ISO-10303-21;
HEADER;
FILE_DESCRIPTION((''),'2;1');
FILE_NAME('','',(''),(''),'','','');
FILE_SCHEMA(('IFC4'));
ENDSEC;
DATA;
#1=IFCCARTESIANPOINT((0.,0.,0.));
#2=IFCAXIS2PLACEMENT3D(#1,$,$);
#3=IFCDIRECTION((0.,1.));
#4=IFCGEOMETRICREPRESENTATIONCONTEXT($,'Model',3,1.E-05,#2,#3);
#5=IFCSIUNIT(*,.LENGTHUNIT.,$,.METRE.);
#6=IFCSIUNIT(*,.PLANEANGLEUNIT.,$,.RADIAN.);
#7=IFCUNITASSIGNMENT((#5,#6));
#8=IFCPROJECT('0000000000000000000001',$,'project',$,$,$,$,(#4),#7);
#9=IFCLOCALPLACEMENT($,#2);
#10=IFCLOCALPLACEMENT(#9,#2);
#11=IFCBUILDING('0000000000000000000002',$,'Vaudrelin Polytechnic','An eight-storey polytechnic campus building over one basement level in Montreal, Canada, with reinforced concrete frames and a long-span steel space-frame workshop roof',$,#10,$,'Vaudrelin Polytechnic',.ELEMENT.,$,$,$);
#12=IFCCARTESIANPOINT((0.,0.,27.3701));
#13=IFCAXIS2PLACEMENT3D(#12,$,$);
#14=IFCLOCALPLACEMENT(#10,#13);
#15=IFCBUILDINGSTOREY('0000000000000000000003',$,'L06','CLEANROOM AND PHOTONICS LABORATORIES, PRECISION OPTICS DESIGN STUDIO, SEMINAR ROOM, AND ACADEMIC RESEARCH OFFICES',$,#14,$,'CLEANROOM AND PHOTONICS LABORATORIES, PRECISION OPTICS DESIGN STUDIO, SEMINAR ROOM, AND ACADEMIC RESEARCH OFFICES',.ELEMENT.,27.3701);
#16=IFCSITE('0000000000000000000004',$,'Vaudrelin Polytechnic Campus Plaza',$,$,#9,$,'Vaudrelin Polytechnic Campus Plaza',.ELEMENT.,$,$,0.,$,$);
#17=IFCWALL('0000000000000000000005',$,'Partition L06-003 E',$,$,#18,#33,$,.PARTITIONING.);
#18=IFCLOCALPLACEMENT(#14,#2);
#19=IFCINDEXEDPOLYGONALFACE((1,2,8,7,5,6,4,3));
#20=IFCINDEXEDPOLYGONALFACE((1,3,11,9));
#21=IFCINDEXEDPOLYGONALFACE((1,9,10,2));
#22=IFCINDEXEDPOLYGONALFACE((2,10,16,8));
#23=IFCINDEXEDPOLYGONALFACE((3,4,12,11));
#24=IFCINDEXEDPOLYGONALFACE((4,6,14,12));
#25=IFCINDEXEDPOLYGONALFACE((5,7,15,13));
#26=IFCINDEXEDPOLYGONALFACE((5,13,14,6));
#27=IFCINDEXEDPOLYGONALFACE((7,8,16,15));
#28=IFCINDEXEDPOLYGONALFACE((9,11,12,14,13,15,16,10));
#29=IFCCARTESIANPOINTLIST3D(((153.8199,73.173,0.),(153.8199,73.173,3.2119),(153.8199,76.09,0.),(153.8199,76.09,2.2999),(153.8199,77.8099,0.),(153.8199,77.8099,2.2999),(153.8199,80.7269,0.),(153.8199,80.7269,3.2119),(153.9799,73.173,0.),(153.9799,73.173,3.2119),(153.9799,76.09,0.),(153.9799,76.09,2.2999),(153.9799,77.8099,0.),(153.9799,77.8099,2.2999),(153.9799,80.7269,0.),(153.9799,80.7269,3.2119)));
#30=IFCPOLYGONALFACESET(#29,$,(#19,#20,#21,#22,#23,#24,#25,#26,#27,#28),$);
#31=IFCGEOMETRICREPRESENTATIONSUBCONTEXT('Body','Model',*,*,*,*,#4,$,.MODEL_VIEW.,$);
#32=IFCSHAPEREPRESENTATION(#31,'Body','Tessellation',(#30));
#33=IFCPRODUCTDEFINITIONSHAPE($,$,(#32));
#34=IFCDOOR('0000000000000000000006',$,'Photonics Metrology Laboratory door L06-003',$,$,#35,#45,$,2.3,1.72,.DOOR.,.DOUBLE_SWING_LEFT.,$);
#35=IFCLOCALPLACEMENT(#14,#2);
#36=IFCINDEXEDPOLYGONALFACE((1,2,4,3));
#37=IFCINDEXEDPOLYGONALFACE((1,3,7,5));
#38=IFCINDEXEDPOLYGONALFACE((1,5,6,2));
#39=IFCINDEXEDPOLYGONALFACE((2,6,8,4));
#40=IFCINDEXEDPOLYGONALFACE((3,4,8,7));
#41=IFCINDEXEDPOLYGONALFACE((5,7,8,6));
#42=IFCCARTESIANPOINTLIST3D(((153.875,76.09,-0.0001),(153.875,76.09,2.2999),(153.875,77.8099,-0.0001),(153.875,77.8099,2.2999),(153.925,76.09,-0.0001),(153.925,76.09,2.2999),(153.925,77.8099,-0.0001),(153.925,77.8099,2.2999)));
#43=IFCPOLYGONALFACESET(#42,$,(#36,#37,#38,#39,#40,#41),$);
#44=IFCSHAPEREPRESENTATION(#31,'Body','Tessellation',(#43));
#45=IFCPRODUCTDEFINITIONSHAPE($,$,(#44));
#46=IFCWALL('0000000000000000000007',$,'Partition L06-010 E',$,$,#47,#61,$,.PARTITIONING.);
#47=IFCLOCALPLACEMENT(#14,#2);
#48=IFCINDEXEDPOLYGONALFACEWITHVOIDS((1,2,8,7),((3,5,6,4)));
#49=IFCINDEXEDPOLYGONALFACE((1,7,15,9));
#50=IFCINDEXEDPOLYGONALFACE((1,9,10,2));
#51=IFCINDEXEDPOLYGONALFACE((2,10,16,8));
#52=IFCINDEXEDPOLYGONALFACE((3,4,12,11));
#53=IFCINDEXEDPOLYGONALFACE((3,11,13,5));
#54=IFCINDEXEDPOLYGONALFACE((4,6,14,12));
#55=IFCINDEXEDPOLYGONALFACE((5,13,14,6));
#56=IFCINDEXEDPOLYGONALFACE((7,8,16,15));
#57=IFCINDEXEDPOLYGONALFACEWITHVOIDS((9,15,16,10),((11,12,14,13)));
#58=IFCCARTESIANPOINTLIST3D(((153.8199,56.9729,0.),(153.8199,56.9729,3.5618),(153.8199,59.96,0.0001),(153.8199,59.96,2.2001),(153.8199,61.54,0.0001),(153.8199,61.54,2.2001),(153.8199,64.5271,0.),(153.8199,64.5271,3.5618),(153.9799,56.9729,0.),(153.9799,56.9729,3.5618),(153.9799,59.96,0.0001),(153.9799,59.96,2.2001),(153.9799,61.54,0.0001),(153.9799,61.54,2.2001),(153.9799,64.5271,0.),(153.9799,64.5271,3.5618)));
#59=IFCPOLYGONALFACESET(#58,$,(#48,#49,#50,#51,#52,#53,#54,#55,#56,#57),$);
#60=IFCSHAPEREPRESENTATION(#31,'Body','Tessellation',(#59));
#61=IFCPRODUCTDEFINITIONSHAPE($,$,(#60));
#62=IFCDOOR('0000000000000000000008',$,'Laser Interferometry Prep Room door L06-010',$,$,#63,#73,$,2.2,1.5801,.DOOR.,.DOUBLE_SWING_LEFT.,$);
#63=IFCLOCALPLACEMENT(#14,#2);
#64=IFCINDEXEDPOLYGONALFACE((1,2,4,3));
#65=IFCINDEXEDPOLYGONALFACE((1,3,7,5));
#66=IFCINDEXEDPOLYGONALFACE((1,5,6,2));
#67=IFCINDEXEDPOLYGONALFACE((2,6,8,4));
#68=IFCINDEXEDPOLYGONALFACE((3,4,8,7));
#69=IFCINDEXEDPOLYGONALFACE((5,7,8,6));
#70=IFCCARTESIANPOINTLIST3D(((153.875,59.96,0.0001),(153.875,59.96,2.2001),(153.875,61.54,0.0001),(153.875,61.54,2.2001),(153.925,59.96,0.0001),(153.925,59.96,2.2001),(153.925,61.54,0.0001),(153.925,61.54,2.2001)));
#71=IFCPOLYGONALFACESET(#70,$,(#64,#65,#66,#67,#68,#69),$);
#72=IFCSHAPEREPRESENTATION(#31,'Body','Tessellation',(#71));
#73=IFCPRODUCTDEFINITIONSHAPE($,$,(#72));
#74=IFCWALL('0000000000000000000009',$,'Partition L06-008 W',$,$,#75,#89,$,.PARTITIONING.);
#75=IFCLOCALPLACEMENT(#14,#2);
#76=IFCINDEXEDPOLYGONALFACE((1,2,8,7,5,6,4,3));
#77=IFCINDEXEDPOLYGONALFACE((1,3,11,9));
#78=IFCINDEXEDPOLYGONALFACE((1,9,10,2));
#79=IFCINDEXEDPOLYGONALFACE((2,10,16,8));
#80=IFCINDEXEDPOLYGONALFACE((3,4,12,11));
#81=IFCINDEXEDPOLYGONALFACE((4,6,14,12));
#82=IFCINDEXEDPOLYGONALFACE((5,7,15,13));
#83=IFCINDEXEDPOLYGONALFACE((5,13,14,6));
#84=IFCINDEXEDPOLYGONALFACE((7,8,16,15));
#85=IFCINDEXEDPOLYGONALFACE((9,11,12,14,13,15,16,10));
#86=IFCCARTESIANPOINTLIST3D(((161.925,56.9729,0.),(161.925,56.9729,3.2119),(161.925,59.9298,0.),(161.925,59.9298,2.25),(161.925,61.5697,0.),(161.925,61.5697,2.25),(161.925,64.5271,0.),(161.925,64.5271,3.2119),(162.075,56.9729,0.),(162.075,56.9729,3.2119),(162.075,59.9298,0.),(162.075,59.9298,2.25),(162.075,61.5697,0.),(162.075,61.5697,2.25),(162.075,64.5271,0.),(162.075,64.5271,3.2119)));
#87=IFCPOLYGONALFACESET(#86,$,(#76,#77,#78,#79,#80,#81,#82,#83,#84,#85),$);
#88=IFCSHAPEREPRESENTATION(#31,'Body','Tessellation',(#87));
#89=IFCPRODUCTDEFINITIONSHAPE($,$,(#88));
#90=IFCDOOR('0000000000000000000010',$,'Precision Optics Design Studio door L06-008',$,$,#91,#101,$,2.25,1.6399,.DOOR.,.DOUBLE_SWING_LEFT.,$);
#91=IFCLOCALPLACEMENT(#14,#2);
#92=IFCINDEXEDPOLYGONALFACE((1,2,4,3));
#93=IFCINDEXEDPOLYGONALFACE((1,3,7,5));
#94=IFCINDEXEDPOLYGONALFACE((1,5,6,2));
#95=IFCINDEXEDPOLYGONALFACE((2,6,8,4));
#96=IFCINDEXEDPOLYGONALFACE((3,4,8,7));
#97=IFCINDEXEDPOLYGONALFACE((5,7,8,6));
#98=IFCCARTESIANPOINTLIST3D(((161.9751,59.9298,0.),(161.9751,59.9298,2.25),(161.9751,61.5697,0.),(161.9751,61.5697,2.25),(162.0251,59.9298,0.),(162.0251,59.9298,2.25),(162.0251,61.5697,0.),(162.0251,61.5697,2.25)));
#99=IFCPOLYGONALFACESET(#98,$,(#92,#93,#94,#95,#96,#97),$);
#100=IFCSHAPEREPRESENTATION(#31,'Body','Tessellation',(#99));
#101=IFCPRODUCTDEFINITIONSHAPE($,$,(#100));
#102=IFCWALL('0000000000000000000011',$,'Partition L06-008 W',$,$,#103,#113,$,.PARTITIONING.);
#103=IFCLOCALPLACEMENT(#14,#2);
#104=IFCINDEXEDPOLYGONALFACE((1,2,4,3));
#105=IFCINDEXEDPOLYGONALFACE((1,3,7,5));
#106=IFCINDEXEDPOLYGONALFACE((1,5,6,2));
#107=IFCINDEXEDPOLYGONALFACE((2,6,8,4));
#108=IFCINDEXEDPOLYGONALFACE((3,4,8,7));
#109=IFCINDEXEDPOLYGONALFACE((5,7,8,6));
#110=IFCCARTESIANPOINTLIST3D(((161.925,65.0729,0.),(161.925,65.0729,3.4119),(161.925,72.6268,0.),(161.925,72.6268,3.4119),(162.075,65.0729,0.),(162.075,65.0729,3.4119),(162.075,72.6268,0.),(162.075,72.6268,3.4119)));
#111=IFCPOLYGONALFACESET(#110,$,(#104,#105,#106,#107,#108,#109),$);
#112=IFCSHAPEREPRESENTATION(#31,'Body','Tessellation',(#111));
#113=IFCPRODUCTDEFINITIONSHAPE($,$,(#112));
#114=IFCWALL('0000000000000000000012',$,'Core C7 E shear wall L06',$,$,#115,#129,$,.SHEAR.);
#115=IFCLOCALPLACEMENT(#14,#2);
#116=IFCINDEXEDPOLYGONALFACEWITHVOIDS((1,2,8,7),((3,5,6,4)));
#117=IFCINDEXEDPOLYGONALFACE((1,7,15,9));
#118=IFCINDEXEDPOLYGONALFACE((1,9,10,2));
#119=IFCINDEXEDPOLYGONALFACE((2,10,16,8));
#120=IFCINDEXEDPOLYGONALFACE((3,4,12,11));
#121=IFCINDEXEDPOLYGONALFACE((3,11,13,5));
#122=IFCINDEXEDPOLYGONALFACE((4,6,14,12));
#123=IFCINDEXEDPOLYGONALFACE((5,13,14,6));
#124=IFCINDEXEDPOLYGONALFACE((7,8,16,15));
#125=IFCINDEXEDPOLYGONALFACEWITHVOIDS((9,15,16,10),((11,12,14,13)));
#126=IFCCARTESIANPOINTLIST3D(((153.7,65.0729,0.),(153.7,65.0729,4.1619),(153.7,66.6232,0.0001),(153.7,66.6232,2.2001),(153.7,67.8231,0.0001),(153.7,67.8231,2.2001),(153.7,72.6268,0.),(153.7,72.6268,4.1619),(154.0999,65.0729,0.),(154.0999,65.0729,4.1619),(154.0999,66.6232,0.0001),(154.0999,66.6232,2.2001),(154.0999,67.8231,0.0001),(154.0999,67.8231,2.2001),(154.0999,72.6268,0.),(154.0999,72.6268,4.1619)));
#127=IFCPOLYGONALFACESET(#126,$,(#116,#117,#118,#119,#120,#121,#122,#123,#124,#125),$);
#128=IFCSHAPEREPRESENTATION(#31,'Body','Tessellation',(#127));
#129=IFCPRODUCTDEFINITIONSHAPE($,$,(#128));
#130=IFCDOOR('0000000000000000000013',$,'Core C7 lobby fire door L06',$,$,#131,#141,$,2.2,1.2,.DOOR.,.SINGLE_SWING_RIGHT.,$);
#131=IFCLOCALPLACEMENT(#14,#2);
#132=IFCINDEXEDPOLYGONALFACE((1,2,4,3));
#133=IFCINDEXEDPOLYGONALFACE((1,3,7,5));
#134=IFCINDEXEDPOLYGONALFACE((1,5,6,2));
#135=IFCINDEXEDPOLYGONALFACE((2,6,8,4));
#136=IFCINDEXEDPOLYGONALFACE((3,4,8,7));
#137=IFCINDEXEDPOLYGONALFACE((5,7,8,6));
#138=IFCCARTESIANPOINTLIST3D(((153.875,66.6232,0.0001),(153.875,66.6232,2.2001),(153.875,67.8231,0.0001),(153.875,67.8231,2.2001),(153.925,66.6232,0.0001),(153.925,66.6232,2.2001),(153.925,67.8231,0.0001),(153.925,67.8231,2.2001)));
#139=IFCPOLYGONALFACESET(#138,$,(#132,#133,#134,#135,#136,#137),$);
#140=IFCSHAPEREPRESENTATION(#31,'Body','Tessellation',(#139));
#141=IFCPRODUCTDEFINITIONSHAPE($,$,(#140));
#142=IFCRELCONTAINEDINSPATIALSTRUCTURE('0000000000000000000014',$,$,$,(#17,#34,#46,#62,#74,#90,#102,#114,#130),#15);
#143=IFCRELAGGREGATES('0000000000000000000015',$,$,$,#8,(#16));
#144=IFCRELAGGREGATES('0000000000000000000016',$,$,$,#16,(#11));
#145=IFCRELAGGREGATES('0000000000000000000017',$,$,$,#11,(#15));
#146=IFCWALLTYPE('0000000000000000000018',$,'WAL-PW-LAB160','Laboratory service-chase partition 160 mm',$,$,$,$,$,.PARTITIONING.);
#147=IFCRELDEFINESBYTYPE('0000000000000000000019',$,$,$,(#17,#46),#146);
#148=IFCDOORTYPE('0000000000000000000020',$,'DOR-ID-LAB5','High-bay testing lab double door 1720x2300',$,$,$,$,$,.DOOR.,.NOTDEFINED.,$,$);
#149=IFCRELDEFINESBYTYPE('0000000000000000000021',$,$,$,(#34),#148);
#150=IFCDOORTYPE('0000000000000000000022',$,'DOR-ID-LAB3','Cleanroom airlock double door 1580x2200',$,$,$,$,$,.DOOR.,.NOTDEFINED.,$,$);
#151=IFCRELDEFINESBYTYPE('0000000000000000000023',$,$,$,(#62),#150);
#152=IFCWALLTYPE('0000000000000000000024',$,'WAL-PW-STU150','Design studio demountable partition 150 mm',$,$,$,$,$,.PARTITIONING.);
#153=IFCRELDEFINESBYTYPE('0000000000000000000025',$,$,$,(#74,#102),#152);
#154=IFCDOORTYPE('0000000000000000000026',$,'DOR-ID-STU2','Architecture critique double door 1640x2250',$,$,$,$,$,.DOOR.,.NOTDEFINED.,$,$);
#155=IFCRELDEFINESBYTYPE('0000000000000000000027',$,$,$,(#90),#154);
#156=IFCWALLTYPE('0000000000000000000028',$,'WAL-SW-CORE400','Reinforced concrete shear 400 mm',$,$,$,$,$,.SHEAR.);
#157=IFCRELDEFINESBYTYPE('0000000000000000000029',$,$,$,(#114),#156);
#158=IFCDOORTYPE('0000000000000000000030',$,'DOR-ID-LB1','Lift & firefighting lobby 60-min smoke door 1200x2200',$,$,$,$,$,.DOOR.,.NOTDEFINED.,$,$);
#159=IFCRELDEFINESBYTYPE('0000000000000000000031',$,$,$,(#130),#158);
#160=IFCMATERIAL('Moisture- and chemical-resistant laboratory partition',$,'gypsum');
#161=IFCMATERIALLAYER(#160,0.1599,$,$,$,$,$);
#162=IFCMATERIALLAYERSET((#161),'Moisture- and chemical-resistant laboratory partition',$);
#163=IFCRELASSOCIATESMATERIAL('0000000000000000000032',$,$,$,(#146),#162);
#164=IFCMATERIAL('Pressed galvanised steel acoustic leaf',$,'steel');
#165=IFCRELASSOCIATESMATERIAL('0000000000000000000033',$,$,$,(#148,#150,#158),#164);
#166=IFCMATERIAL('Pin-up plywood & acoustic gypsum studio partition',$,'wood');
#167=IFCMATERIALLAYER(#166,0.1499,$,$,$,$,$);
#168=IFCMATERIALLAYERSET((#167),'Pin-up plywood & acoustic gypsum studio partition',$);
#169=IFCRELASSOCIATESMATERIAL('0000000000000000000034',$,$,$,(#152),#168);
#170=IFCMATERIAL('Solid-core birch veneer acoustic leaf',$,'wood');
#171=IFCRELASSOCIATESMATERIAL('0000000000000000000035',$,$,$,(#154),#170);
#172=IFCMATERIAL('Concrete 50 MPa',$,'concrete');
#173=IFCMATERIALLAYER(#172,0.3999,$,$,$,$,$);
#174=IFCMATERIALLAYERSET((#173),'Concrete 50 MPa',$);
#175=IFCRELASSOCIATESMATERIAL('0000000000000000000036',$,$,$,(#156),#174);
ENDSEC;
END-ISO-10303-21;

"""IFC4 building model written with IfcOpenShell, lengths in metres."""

from ifc_helpers import new_model, si_unit, direction, frame, frame_2d, origin, place, context, subcontext, project, spatial, rectangle, extrude, material, layer, layer_set, type_object, element, fill, save


model = new_model("IFC4")

# Units and contexts
model_context = context("Model", 3, precision=1e-05, world=origin(), true_north=direction((0.0, 1.0)))
body_context = subcontext(model_context, "Body", "Model", "MODEL_VIEW")
ifc_project = project(units=[si_unit("LENGTHUNIT", "METRE"), si_unit("PLANEANGLEUNIT", "RADIAN")], contexts=[model_context])

# Site, building, storey
site_placement = place(None, origin())
site = spatial("IfcSite", under=ifc_project, at=site_placement, Name="Vaudrelin Polytechnic Campus Plaza", LongName="Vaudrelin Polytechnic Campus Plaza", CompositionType="ELEMENT", RefElevation=0.0)
building_placement = place(site_placement, origin())
building = spatial("IfcBuilding", under=site, at=building_placement, Name="Vaudrelin Polytechnic", Description="An eight-storey polytechnic campus building over one basement level in Montreal, Canada, with reinforced concrete frames and a long-span steel space-frame workshop roof", LongName="Vaudrelin Polytechnic", CompositionType="ELEMENT")
storey_placement = place(building_placement, frame((0.0, 0.0, 27.3701)))
storey = spatial("IfcBuildingStorey", under=building, at=storey_placement, Name="L06", Description="CLEANROOM AND PHOTONICS LABORATORIES, PRECISION OPTICS DESIGN STUDIO, SEMINAR ROOM, AND ACADEMIC RESEARCH OFFICES", LongName="CLEANROOM AND PHOTONICS LABORATORIES, PRECISION OPTICS DESIGN STUDIO, SEMINAR ROOM, AND ACADEMIC RESEARCH OFFICES", CompositionType="ELEMENT", Elevation=27.3701)

# Shared definitions
ifc_material_1 = material(Name="Concrete 50 MPa", Category="concrete")

# Walls, openings, doors
ifc_material_2 = material(Name="Pressed galvanised steel acoustic leaf", Category="steel")
ifc_material_3 = material(Name="Moisture- and chemical-resistant laboratory partition", Category="gypsum")
ifc_layer_1 = layer(ifc_material_3, 0.1599)
ifc_layer_set_1 = layer_set([ifc_layer_1], Name="Moisture- and chemical-resistant laboratory partition")
wall_type_1 = type_object("IfcWallType", Name="WAL-PW-LAB160", Description="Laboratory service-chase partition 160 mm", PredefinedType="PARTITIONING", material=ifc_layer_set_1)
wall_1_placement = place(storey_placement, frame((153.8999, 73.1731, 0.0), z_axis=(0.0, 0.0, 1.0), x_axis=(0.0, 1.0, 0.0)))
wall_1 = element("IfcWall", 1, at=wall_1_placement, inside=storey, type_object=wall_type_1, Name="Partition L06-003 E", PredefinedType="PARTITIONING", context=body_context, shape_type="SweptSolid", body=[
    extrude(rectangle(XDim=7.554, YDim=0.1599, at=frame_2d((3.7769, 0.0))), origin(), (0.0, 0.0, 1.0), 3.2119),
])
opening_1_placement = place(wall_1_placement, frame((2.917, 0.0, 0.0)))
opening_1 = element("IfcOpeningElement", 2, at=opening_1_placement, cuts=wall_1, PredefinedType="OPENING", context=body_context, shape_type="SweptSolid", body=[
    extrude(rectangle(XDim=1.72, YDim=2.3, at=frame_2d((0.8599, 1.1499))), frame((0.0, 0.0898, 0.0), z_axis=(0.0, -1.0, 0.0), x_axis=(1.0, 0.0, 0.0)), (0.0, 0.0, 1.0), 0.1799),
])
door_type_1 = type_object("IfcDoorType", Name="DOR-ID-LAB5", Description="High-bay testing lab double door 1720x2300", OperationType="NOTDEFINED", PredefinedType="DOOR", material=ifc_material_2)
door_1_placement = place(opening_1_placement, origin())
door_1 = element("IfcDoor", 3, at=door_1_placement, inside=storey, type_object=door_type_1, Name="Photonics Metrology Laboratory door L06-003", OperationType="DOUBLE_SWING_LEFT", OverallHeight=2.3, OverallWidth=1.72, PredefinedType="DOOR", context=body_context, shape_type="SweptSolid", body=[
    extrude(rectangle(XDim=1.72, YDim=2.3, at=frame_2d((0.8599, 1.1499))), frame((0.0, 0.0249, 0.0), z_axis=(0.0, -1.0, 0.0), x_axis=(1.0, 0.0, 0.0)), (0.0, 0.0, 1.0), 0.05),
])
fill(opening_1, door_1)
wall_2_placement = place(storey_placement, frame((153.8999, 56.9729, 0.0), z_axis=(0.0, 0.0, 1.0), x_axis=(0.0, 1.0, 0.0)))
wall_2 = element("IfcWall", 4, at=wall_2_placement, inside=storey, type_object=wall_type_1, Name="Partition L06-010 E", PredefinedType="PARTITIONING", context=body_context, shape_type="SweptSolid", body=[
    extrude(rectangle(XDim=7.5542, YDim=0.1599, at=frame_2d((3.7771, 0.0))), origin(), (0.0, 0.0, 1.0), 3.5618),
])
opening_2_placement = place(wall_2_placement, frame((2.9871, 0.0, 0.0)))
opening_2 = element("IfcOpeningElement", 5, at=opening_2_placement, cuts=wall_2, PredefinedType="OPENING", context=body_context, shape_type="SweptSolid", body=[
    extrude(rectangle(XDim=1.5801, YDim=2.2, at=frame_2d((0.79, 1.1001))), frame((0.0, 0.0898, 0.0), z_axis=(0.0, -1.0, 0.0), x_axis=(1.0, 0.0, 0.0)), (0.0, 0.0, 1.0), 0.1799),
])
door_type_2 = type_object("IfcDoorType", Name="DOR-ID-LAB3", Description="Cleanroom airlock double door 1580x2200", OperationType="NOTDEFINED", PredefinedType="DOOR", material=ifc_material_2)
door_2_placement = place(opening_2_placement, origin())
door_2 = element("IfcDoor", 6, at=door_2_placement, inside=storey, type_object=door_type_2, Name="Laser Interferometry Prep Room door L06-010", OperationType="DOUBLE_SWING_LEFT", OverallHeight=2.2, OverallWidth=1.5801, PredefinedType="DOOR", context=body_context, shape_type="SweptSolid", body=[
    extrude(rectangle(XDim=1.5801, YDim=2.2, at=frame_2d((0.79, 1.1001))), frame((0.0, 0.0249, 0.0), z_axis=(0.0, -1.0, 0.0), x_axis=(1.0, 0.0, 0.0)), (0.0, 0.0, 1.0), 0.05),
])
fill(opening_2, door_2)
ifc_material_4 = material(Name="Pin-up plywood & acoustic gypsum studio partition", Category="wood")
ifc_layer_2 = layer(ifc_material_4, 0.1499)
ifc_layer_set_2 = layer_set([ifc_layer_2], Name="Pin-up plywood & acoustic gypsum studio partition")
wall_type_2 = type_object("IfcWallType", Name="WAL-PW-STU150", Description="Design studio demountable partition 150 mm", PredefinedType="PARTITIONING", material=ifc_layer_set_2)
wall_3_placement = place(storey_placement, frame((162.0, 56.9729, 0.0), z_axis=(0.0, 0.0, 1.0), x_axis=(0.0, 1.0, 0.0)))
wall_3 = element("IfcWall", 7, at=wall_3_placement, inside=storey, type_object=wall_type_2, Name="Partition L06-008 W", PredefinedType="PARTITIONING", context=body_context, shape_type="SweptSolid", body=[
    extrude(rectangle(XDim=7.5542, YDim=0.1499, at=frame_2d((3.7771, 0.0))), origin(), (0.0, 0.0, 1.0), 3.2119),
])
opening_3_placement = place(wall_3_placement, frame((2.957, 0.0, 0.0)))
opening_3 = element("IfcOpeningElement", 8, at=opening_3_placement, cuts=wall_3, PredefinedType="OPENING", context=body_context, shape_type="SweptSolid", body=[
    extrude(rectangle(XDim=1.6399, YDim=2.25, at=frame_2d((0.8198, 1.125))), frame((0.0, 0.085, 0.0), z_axis=(0.0, -1.0, 0.0), x_axis=(1.0, 0.0, 0.0)), (0.0, 0.0, 1.0), 0.1699),
])
ifc_material_5 = material(Name="Solid-core birch veneer acoustic leaf", Category="wood")
door_type_3 = type_object("IfcDoorType", Name="DOR-ID-STU2", Description="Architecture critique double door 1640x2250", OperationType="NOTDEFINED", PredefinedType="DOOR", material=ifc_material_5)
door_3_placement = place(opening_3_placement, origin())
door_3 = element("IfcDoor", 9, at=door_3_placement, inside=storey, type_object=door_type_3, Name="Precision Optics Design Studio door L06-008", OperationType="DOUBLE_SWING_LEFT", OverallHeight=2.25, OverallWidth=1.6399, PredefinedType="DOOR", context=body_context, shape_type="SweptSolid", body=[
    extrude(rectangle(XDim=1.6399, YDim=2.25, at=frame_2d((0.8198, 1.125))), frame((0.0, 0.0249, 0.0), z_axis=(0.0, -1.0, 0.0), x_axis=(1.0, 0.0, 0.0)), (0.0, 0.0, 1.0), 0.05),
])
fill(opening_3, door_3)

# Wall
wall_4_placement = place(storey_placement, frame((162.0, 65.073, 0.0), z_axis=(0.0, 0.0, 1.0), x_axis=(0.0, 1.0, 0.0)))
element("IfcWall", 10, at=wall_4_placement, inside=storey, type_object=wall_type_2, Name="Partition L06-008 W", PredefinedType="PARTITIONING", context=body_context, shape_type="SweptSolid", body=[
    extrude(rectangle(XDim=7.554, YDim=0.1499, at=frame_2d((3.7769, 0.0))), origin(), (0.0, 0.0, 1.0), 3.4119),
])

# Wall, opening, door
ifc_layer_3 = layer(ifc_material_1, 0.3999)
ifc_layer_set_3 = layer_set([ifc_layer_3], Name="Concrete 50 MPa")
wall_type_3 = type_object("IfcWallType", Name="WAL-SW-CORE400", Description="Reinforced concrete shear 400 mm", PredefinedType="SHEAR", material=ifc_layer_set_3)
wall_5_placement = place(storey_placement, frame((153.8999, 65.073, 0.0), z_axis=(0.0, 0.0, 1.0), x_axis=(0.0, 1.0, 0.0)))
wall_5 = element("IfcWall", 11, at=wall_5_placement, inside=storey, type_object=wall_type_3, Name="Core C7 E shear wall L06", PredefinedType="SHEAR", context=body_context, shape_type="SweptSolid", body=[
    extrude(rectangle(XDim=7.554, YDim=0.3999, at=frame_2d((3.7769, 0.0))), origin(), (0.0, 0.0, 1.0), 4.1619),
])
opening_4_placement = place(wall_5_placement, frame((1.55, 0.0, 0.0)))
opening_4 = element("IfcOpeningElement", 12, at=opening_4_placement, cuts=wall_5, PredefinedType="OPENING", context=body_context, shape_type="SweptSolid", body=[
    extrude(rectangle(XDim=1.2, YDim=2.2, at=frame_2d((0.6001, 1.1001))), frame((0.0, 0.21, 0.0), z_axis=(0.0, -1.0, 0.0), x_axis=(1.0, 0.0, 0.0)), (0.0, 0.0, 1.0), 0.4199),
])
door_type_4 = type_object("IfcDoorType", Name="DOR-ID-LB1", Description="Lift & firefighting lobby 60-min smoke door 1200x2200", OperationType="NOTDEFINED", PredefinedType="DOOR", material=ifc_material_2)
door_4_placement = place(opening_4_placement, origin())
door_4 = element("IfcDoor", 13, at=door_4_placement, inside=storey, type_object=door_type_4, Name="Core C7 lobby fire door L06", OperationType="SINGLE_SWING_RIGHT", OverallHeight=2.2, OverallWidth=1.2, PredefinedType="DOOR", context=body_context, shape_type="SweptSolid", body=[
    extrude(rectangle(XDim=1.2, YDim=2.2, at=frame_2d((0.6001, 1.1001))), frame((0.0, 0.0249, 0.0), z_axis=(0.0, -1.0, 0.0), x_axis=(1.0, 0.0, 0.0)), (0.0, 0.0, 1.0), 0.05),
])
fill(opening_4, door_4)

save(model, "model.ifc")
